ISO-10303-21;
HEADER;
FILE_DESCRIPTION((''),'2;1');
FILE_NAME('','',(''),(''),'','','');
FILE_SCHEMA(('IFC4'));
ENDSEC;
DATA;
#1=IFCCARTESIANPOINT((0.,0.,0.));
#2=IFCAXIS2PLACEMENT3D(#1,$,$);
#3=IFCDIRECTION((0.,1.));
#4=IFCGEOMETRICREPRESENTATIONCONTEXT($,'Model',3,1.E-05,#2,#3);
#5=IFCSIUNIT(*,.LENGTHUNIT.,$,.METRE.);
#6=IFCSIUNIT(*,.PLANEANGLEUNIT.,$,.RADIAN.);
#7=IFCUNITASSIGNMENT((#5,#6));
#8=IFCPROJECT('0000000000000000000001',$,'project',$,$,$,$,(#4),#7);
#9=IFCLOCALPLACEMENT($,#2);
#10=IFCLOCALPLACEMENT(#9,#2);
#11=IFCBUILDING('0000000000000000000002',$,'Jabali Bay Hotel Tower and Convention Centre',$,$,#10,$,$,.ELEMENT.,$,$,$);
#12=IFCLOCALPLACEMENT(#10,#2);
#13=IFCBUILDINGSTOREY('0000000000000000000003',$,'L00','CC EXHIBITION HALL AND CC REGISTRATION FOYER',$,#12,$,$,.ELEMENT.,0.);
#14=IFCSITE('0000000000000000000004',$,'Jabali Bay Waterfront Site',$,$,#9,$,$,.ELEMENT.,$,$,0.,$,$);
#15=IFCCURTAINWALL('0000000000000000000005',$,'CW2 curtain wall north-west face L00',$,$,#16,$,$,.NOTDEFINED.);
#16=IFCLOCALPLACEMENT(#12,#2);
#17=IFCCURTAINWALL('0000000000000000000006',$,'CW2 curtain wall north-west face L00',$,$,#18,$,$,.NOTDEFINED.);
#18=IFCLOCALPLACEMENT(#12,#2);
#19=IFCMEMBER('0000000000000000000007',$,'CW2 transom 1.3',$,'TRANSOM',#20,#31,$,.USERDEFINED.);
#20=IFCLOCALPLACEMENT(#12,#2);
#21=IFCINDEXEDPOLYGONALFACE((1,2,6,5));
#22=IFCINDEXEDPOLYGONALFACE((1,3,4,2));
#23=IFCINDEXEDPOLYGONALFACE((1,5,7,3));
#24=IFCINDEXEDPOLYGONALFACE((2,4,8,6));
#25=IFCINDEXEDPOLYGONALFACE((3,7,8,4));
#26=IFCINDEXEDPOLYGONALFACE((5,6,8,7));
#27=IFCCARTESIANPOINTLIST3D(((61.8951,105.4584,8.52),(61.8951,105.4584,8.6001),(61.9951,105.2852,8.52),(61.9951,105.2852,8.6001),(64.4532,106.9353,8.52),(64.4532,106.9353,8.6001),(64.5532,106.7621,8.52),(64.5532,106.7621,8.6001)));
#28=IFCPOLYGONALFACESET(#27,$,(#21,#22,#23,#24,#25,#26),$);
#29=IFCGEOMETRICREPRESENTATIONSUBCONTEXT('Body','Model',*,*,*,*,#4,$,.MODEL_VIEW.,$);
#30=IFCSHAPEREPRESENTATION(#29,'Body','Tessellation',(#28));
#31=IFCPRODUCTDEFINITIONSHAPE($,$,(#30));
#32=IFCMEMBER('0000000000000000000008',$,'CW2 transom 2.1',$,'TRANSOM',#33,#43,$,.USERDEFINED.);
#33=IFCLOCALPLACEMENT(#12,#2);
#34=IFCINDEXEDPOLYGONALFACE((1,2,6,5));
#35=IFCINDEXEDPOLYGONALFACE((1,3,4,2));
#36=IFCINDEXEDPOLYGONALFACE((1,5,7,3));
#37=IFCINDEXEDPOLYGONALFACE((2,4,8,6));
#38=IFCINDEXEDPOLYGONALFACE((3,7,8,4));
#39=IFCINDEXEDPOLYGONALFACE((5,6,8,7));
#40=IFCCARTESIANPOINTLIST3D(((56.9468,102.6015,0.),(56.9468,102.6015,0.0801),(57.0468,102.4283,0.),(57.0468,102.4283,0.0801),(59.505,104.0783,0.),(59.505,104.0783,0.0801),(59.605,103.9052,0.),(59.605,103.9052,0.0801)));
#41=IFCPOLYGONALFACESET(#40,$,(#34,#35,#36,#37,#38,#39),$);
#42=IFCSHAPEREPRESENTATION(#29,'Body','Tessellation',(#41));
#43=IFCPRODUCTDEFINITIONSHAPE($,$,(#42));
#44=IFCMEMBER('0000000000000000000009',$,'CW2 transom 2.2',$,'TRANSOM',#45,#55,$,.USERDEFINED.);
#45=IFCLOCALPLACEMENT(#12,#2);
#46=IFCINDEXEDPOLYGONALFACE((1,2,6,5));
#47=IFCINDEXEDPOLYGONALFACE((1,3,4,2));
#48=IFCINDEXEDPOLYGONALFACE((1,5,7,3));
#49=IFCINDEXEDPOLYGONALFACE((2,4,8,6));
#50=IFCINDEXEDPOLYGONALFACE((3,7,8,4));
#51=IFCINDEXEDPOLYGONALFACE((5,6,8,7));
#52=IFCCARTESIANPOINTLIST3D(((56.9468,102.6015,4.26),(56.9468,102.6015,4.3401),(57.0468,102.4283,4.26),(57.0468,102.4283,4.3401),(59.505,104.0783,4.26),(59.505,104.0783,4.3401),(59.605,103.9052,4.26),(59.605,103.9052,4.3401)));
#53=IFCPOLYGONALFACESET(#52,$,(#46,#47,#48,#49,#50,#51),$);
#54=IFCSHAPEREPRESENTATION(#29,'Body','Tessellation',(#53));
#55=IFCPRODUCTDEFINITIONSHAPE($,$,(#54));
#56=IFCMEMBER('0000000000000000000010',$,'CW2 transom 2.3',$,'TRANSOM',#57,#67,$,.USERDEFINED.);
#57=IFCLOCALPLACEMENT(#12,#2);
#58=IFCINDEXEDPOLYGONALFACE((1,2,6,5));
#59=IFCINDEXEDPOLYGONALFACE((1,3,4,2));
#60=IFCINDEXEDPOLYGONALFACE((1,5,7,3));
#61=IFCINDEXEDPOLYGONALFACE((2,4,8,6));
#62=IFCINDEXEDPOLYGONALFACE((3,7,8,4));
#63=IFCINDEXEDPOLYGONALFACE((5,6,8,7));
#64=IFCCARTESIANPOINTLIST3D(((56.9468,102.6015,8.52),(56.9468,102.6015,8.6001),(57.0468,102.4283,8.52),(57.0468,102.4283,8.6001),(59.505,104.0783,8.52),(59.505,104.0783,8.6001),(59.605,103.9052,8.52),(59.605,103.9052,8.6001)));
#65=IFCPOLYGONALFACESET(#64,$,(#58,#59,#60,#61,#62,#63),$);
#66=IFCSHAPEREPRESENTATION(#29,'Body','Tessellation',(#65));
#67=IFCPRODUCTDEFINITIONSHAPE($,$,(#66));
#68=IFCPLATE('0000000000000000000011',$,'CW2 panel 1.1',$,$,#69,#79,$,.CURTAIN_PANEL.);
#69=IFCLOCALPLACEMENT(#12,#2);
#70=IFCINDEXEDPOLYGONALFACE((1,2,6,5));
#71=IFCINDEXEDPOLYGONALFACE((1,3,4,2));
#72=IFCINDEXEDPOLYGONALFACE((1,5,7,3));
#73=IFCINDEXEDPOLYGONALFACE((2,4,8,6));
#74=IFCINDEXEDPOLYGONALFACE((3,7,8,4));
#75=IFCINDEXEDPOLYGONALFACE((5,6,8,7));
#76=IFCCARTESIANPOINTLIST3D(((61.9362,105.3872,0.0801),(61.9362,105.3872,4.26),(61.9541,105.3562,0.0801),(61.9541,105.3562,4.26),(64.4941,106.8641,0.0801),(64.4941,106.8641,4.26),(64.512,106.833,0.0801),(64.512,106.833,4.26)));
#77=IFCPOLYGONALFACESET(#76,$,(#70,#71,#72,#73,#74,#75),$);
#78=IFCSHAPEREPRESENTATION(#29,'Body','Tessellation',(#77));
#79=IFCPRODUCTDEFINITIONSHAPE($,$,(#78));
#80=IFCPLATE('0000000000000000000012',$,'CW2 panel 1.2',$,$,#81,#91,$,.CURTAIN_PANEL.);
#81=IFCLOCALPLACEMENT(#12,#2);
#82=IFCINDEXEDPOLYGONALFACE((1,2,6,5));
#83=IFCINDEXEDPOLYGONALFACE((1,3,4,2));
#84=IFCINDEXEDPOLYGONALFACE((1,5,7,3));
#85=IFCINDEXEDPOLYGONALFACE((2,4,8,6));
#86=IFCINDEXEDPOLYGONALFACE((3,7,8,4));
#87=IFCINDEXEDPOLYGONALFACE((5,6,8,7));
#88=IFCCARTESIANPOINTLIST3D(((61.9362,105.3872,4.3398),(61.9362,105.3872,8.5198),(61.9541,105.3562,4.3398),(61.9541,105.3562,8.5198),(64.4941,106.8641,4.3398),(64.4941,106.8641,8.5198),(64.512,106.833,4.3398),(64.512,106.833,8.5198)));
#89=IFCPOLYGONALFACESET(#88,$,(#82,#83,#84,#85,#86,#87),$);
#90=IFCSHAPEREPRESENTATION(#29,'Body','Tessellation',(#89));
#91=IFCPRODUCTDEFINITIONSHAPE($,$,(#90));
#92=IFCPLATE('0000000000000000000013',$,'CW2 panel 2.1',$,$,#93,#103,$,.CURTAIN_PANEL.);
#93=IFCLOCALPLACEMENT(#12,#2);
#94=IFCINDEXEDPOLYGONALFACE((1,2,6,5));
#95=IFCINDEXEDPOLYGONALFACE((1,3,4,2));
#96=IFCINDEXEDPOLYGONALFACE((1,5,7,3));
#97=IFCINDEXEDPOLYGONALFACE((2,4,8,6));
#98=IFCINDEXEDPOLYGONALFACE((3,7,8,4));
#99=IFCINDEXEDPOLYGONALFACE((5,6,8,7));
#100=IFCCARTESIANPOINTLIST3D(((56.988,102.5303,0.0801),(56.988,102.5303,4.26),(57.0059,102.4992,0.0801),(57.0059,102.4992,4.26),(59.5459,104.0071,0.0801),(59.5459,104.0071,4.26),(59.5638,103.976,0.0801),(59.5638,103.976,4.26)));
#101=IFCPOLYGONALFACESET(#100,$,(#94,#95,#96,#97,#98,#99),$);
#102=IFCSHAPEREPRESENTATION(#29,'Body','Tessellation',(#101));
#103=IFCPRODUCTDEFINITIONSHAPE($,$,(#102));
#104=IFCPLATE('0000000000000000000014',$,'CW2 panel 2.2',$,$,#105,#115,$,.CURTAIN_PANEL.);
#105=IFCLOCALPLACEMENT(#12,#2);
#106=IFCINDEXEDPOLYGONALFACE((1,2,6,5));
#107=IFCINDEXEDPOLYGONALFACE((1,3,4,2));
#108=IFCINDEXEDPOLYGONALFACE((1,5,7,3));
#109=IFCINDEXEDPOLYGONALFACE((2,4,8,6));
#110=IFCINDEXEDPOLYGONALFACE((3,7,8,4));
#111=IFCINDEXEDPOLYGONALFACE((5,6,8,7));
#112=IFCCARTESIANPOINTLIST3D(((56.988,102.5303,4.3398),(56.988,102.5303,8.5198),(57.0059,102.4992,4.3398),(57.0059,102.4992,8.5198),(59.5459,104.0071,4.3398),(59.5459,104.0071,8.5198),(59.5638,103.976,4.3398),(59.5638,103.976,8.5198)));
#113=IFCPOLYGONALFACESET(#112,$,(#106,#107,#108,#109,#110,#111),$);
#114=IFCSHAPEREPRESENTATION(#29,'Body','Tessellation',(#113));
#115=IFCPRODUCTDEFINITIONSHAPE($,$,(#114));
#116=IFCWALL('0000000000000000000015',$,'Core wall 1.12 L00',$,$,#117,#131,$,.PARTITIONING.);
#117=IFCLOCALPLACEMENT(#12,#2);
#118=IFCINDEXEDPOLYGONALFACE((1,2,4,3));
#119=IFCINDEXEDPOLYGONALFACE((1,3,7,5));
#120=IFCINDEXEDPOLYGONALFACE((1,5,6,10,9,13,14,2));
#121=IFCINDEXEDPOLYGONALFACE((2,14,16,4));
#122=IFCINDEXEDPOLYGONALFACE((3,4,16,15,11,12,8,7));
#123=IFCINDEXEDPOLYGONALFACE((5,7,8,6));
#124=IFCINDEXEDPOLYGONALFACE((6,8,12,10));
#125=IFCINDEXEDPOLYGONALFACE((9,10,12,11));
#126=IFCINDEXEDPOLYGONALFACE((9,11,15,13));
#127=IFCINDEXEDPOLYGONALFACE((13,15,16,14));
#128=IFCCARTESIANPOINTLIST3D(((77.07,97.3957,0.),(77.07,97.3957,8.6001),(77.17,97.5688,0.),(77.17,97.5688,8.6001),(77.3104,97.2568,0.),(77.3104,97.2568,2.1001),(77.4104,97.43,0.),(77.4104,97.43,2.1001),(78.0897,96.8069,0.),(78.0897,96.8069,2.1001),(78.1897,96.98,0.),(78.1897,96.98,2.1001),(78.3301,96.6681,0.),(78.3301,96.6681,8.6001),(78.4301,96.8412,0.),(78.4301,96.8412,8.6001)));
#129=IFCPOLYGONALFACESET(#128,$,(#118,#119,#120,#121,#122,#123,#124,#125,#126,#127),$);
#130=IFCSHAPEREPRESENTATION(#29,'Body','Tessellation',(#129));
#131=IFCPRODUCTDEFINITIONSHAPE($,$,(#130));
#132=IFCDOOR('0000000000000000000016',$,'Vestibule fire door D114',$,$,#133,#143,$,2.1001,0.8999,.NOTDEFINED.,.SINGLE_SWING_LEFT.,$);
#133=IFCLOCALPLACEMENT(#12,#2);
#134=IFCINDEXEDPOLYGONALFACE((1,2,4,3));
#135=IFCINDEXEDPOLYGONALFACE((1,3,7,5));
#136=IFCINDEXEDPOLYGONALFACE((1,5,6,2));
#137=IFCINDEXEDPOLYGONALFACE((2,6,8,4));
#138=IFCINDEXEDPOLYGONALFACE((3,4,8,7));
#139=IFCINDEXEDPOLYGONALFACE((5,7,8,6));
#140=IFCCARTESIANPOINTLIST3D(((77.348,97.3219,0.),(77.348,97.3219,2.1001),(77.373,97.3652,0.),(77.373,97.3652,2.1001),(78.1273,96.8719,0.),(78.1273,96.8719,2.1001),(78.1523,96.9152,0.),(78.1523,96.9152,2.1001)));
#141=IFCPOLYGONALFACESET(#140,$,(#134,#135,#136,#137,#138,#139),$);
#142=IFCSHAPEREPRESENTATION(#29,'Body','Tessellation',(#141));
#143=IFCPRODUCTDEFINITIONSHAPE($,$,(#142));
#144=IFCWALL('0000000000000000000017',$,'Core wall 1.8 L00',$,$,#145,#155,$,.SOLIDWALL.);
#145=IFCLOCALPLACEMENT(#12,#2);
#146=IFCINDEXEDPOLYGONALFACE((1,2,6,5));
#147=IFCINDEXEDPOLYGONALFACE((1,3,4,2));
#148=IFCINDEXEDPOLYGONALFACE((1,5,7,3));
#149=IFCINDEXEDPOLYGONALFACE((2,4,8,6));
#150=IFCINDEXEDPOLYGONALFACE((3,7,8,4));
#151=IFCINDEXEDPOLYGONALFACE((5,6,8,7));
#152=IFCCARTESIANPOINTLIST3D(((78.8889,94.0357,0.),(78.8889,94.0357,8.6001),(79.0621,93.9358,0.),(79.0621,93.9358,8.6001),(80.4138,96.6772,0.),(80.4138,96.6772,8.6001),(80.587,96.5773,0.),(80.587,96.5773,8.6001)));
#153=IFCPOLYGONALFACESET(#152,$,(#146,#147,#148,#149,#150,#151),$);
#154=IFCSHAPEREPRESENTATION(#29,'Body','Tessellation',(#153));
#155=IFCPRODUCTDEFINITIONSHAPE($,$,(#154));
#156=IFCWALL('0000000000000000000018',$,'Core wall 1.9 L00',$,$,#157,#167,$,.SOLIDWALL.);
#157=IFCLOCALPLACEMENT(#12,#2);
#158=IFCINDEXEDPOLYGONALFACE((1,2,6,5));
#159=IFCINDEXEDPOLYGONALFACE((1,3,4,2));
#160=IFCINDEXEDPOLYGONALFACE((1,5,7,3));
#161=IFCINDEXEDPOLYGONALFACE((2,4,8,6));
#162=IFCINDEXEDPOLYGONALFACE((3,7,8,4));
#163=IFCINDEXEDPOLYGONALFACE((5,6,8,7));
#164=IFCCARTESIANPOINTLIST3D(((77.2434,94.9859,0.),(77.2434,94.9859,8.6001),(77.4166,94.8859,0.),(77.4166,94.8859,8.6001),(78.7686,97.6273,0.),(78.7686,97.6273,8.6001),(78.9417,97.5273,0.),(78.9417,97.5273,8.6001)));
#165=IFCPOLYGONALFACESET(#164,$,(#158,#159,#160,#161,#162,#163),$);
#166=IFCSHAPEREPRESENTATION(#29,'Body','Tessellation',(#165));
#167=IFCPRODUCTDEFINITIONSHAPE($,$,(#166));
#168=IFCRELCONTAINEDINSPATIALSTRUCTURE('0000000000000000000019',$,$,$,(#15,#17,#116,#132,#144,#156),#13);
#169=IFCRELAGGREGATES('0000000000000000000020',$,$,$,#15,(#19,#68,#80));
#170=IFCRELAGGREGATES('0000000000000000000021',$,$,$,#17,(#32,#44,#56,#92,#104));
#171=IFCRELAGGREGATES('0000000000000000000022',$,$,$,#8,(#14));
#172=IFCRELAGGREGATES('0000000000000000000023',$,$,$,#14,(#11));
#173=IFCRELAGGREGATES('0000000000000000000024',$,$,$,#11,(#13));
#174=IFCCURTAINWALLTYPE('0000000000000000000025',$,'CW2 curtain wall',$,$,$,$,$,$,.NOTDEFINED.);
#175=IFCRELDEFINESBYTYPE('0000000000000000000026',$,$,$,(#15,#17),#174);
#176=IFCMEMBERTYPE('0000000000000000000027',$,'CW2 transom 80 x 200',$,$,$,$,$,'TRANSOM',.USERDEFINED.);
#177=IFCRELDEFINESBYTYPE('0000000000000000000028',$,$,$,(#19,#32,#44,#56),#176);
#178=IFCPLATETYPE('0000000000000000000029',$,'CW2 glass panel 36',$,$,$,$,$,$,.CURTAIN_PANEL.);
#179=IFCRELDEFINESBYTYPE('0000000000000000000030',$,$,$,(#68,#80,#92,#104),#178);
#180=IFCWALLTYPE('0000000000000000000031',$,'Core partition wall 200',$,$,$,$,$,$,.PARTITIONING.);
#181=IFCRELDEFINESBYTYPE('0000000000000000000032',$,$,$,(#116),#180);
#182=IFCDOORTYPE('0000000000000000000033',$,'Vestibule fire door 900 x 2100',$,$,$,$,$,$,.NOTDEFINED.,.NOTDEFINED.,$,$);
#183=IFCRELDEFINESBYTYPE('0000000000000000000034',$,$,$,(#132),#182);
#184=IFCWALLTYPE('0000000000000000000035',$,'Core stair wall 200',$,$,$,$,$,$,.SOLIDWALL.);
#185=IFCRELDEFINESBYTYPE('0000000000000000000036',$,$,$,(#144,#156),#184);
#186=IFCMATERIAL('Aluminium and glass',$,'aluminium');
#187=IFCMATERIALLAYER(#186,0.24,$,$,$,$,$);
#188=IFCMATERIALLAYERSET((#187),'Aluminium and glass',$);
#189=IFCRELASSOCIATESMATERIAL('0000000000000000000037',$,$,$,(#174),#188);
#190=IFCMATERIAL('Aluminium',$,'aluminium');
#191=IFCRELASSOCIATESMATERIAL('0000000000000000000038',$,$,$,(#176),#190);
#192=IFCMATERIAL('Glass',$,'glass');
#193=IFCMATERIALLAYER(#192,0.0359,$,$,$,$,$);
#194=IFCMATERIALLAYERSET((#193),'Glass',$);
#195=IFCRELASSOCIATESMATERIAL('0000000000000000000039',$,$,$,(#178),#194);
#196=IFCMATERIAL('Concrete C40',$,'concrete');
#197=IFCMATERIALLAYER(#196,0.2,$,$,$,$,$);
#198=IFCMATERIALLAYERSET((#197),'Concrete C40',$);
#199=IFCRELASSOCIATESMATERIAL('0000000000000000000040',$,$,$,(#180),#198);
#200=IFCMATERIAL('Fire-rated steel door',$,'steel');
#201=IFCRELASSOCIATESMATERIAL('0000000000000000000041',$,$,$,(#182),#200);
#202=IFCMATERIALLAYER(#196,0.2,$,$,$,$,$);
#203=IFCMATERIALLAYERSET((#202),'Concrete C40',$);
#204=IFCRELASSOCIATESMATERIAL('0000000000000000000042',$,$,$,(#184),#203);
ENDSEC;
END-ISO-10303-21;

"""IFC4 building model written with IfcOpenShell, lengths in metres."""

from ifc_helpers import new_model, si_unit, direction, frame, frame_2d, origin, origin_2d, place, context, subcontext, project, spatial, rectangle, extrude, material, layer, layer_set, material_profile, profile_set, type_object, element, fill, aggregate, save


model = new_model("IFC4")

# Units and contexts
model_context = context("Model", 3, precision=1e-05, world=origin(), true_north=direction((0.0, 1.0)))
body_context = subcontext(model_context, "Body", "Model", "MODEL_VIEW")
ifc_project = project(units=[si_unit("LENGTHUNIT", "METRE"), si_unit("PLANEANGLEUNIT", "RADIAN")], contexts=[model_context])

# Site, building, storey
site_placement = place(None, origin())
site = spatial("IfcSite", under=ifc_project, at=site_placement, Name="Jabali Bay Waterfront Site", CompositionType="ELEMENT", RefElevation=0.0)
building_placement = place(site_placement, origin())
building = spatial("IfcBuilding", under=site, at=building_placement, Name="Jabali Bay Hotel Tower and Convention Centre", CompositionType="ELEMENT")
storey_placement = place(building_placement, origin())
storey = spatial("IfcBuildingStorey", under=building, at=storey_placement, Name="L00", Description="CC EXHIBITION HALL AND CC REGISTRATION FOYER", CompositionType="ELEMENT", Elevation=0.0)

# Curtain wall
ifc_material_1 = material(Name="Aluminium and glass", Category="aluminium")
ifc_layer_1 = layer(ifc_material_1, 0.24)
ifc_layer_set_1 = layer_set([ifc_layer_1], Name="Aluminium and glass")
curtain_wall_type = type_object("IfcCurtainWallType", Name="CW2 curtain wall", PredefinedType="NOTDEFINED", material=ifc_layer_set_1)
curtain_wall_1_placement = place(storey_placement, origin())
curtain_wall_1 = element("IfcCurtainWall", 1, at=curtain_wall_1_placement, inside=storey, type_object=curtain_wall_type, Name="CW2 curtain wall north-west face L00", PredefinedType="NOTDEFINED")
ifc_material_2 = material(Name="Aluminium", Category="aluminium")

# Curtain wall
curtain_wall_2_placement = place(storey_placement, origin())
curtain_wall_2 = element("IfcCurtainWall", 2, at=curtain_wall_2_placement, inside=storey, type_object=curtain_wall_type, Name="CW2 curtain wall north-west face L00", PredefinedType="NOTDEFINED")

# Members
ifc_material_profile_1 = material_profile(ifc_material_2, rectangle(XDim=0.2, YDim=0.0801, at=origin_2d()), Name="CW2 transom 80 x 200")
ifc_profile_set_1 = profile_set([ifc_material_profile_1], Name="Aluminium")
member_type_1 = type_object("IfcMemberType", Name="CW2 transom 80 x 200", ElementType="TRANSOM", PredefinedType="USERDEFINED", material=ifc_profile_set_1)
member_1_placement = place(storey_placement, frame((61.9451, 105.3718, 8.5601), z_axis=(0.866042, 0.49997, 0.0), x_axis=(-0.49997, 0.866042, 0.0)))
member_1 = element("IfcMember", 3, at=member_1_placement, type_object=member_type_1, Name="CW2 transom 1.3", ObjectType="TRANSOM", PredefinedType="USERDEFINED", context=body_context, shape_type="SweptSolid", body=[
    extrude(rectangle(XDim=0.2, YDim=0.0801, at=origin_2d()), origin(), (0.0, 0.0, 1.0), 2.9539),
])
member_2_placement = place(storey_placement, frame((56.9968, 102.5149, 0.04), z_axis=(0.866042, 0.49997, 0.0), x_axis=(-0.49997, 0.866042, 0.0)))
member_2 = element("IfcMember", 4, at=member_2_placement, type_object=member_type_1, Name="CW2 transom 2.1", ObjectType="TRANSOM", PredefinedType="USERDEFINED", context=body_context, shape_type="SweptSolid", body=[
    extrude(rectangle(XDim=0.2, YDim=0.0801, at=origin_2d()), origin(), (0.0, 0.0, 1.0), 2.9539),
])
member_3_placement = place(storey_placement, frame((56.9968, 102.5149, 4.3), z_axis=(0.866042, 0.49997, 0.0), x_axis=(-0.49997, 0.866042, 0.0)))
member_3 = element("IfcMember", 5, at=member_3_placement, type_object=member_type_1, Name="CW2 transom 2.2", ObjectType="TRANSOM", PredefinedType="USERDEFINED", context=body_context, shape_type="SweptSolid", body=[
    extrude(rectangle(XDim=0.2, YDim=0.0801, at=origin_2d()), origin(), (0.0, 0.0, 1.0), 2.9539),
])
member_4_placement = place(storey_placement, frame((56.9968, 102.5149, 8.5601), z_axis=(0.866042, 0.49997, 0.0), x_axis=(-0.49997, 0.866042, 0.0)))
member_4 = element("IfcMember", 6, at=member_4_placement, type_object=member_type_1, Name="CW2 transom 2.3", ObjectType="TRANSOM", PredefinedType="USERDEFINED", context=body_context, shape_type="SweptSolid", body=[
    extrude(rectangle(XDim=0.2, YDim=0.0801, at=origin_2d()), origin(), (0.0, 0.0, 1.0), 2.9539),
])

# Plates
ifc_material_3 = material(Name="Glass", Category="glass")
ifc_layer_2 = layer(ifc_material_3, 0.0359)
ifc_layer_set_2 = layer_set([ifc_layer_2], Name="Glass")
plate_type = type_object("IfcPlateType", Name="CW2 glass panel 36", PredefinedType="CURTAIN_PANEL", material=ifc_layer_set_2)
plate_1_placement = place(storey_placement, frame((63.2241, 106.1101, 0.0801), z_axis=(0.0, 0.0, 1.0), x_axis=(0.866025, 0.5, 0.0)))
plate_1 = element("IfcPlate", 7, at=plate_1_placement, type_object=plate_type, Name="CW2 panel 1.1", PredefinedType="CURTAIN_PANEL", context=body_context, shape_type="SweptSolid", body=[
    extrude(rectangle(XDim=2.9536, YDim=0.0359, at=origin_2d()), origin(), (0.0, 0.0, 1.0), 4.1799),
])
plate_2_placement = place(storey_placement, frame((63.2241, 106.1101, 4.3398), z_axis=(0.0, 0.0, 1.0), x_axis=(0.866025, 0.5, 0.0)))
plate_2 = element("IfcPlate", 8, at=plate_2_placement, type_object=plate_type, Name="CW2 panel 1.2", PredefinedType="CURTAIN_PANEL", context=body_context, shape_type="SweptSolid", body=[
    extrude(rectangle(XDim=2.9536, YDim=0.0359, at=origin_2d()), origin(), (0.0, 0.0, 1.0), 4.1799),
])
aggregate(curtain_wall_1, [member_1, plate_1, plate_2])
plate_3_placement = place(storey_placement, frame((58.2759, 103.2532, 0.0801), z_axis=(0.0, 0.0, 1.0), x_axis=(0.866025, 0.5, 0.0)))
plate_3 = element("IfcPlate", 9, at=plate_3_placement, type_object=plate_type, Name="CW2 panel 2.1", PredefinedType="CURTAIN_PANEL", context=body_context, shape_type="SweptSolid", body=[
    extrude(rectangle(XDim=2.9536, YDim=0.0359, at=origin_2d()), origin(), (0.0, 0.0, 1.0), 4.1799),
])
plate_4_placement = place(storey_placement, frame((58.2759, 103.2532, 4.3398), z_axis=(0.0, 0.0, 1.0), x_axis=(0.866025, 0.5, 0.0)))
plate_4 = element("IfcPlate", 10, at=plate_4_placement, type_object=plate_type, Name="CW2 panel 2.2", PredefinedType="CURTAIN_PANEL", context=body_context, shape_type="SweptSolid", body=[
    extrude(rectangle(XDim=2.9536, YDim=0.0359, at=origin_2d()), origin(), (0.0, 0.0, 1.0), 4.1799),
])
aggregate(curtain_wall_2, [member_2, member_3, member_4, plate_3, plate_4])

# Wall, opening, door
ifc_material_4 = material(Name="Concrete C40", Category="concrete")
ifc_layer_3 = layer(ifc_material_4, 0.2)
ifc_layer_set_3 = layer_set([ifc_layer_3], Name="Concrete C40")
wall_type_1 = type_object("IfcWallType", Name="Core partition wall 200", PredefinedType="PARTITIONING", material=ifc_layer_set_3)
wall_1_placement = place(storey_placement, frame((78.3801, 96.7546, 0.0), z_axis=(0.0, 0.0, 1.0), x_axis=(-0.866004, 0.500037, 0.0)))
wall_1 = element("IfcWall", 11, at=wall_1_placement, inside=storey, type_object=wall_type_1, Name="Core wall 1.12 L00", PredefinedType="PARTITIONING", context=body_context, shape_type="SweptSolid", body=[
    extrude(rectangle(XDim=1.4551, YDim=0.2, at=frame_2d((0.7275, 0.0))), origin(), (0.0, 0.0, 1.0), 8.6001),
])
opening_1_placement = place(wall_1_placement, frame((0.2776, 0.0, 0.0)))
opening_1 = element("IfcOpeningElement", 12, at=opening_1_placement, cuts=wall_1, PredefinedType="OPENING", context=body_context, shape_type="SweptSolid", body=[
    extrude(rectangle(XDim=0.8999, YDim=2.1001, at=frame_2d((0.45, 1.05))), frame((0.0, 0.1104, 0.0), z_axis=(0.0, -1.0, 0.0), x_axis=(1.0, 0.0, 0.0)), (0.0, 0.0, 1.0), 0.2209),
])
ifc_material_5 = material(Name="Fire-rated steel door", Category="steel")
door_type_1 = type_object("IfcDoorType", Name="Vestibule fire door 900 x 2100", OperationType="NOTDEFINED", PredefinedType="NOTDEFINED", material=ifc_material_5)
door_1_placement = place(opening_1_placement, origin())
door_1 = element("IfcDoor", 13, at=door_1_placement, inside=storey, type_object=door_type_1, Name="Vestibule fire door D114", OperationType="SINGLE_SWING_LEFT", OverallHeight=2.1001, OverallWidth=0.8999, PredefinedType="NOTDEFINED", context=body_context, shape_type="SweptSolid", body=[
    extrude(rectangle(XDim=0.8999, YDim=2.1001, at=frame_2d((0.45, 1.05))), frame((0.0, 0.0249, 0.0), z_axis=(0.0, -1.0, 0.0), x_axis=(1.0, 0.0, 0.0)), (0.0, 0.0, 1.0), 0.05),
])
fill(opening_1, door_1)

# Walls
ifc_layer_4 = layer(ifc_material_4, 0.2)
ifc_layer_set_4 = layer_set([ifc_layer_4], Name="Concrete C40")
wall_type_2 = type_object("IfcWallType", Name="Core stair wall 200", PredefinedType="SOLIDWALL", material=ifc_layer_set_4)
for number, where, z_axis, x_axis, name in (
    (14, (78.9756, 93.9858, 0.0), (0.0, 0.0, 1.0), (0.499944, 0.866058, 0.0), "Core wall 1.8 L00"),
    (15, (77.3301, 94.936, 0.0), (0.0, 0.0, 1.0), (0.500039, 0.866003, 0.0), "Core wall 1.9 L00"),
):
    element("IfcWall", number, at=place(storey_placement, frame(where, z_axis=z_axis, x_axis=x_axis)), inside=storey, type_object=wall_type_2, Name=name, PredefinedType="SOLIDWALL", context=body_context, shape_type="SweptSolid", body=[
        extrude(rectangle(XDim=3.05, YDim=0.2, at=frame_2d((1.5249, 0.0))), origin(), (0.0, 0.0, 1.0), 8.6001),
    ])

save(model, "model.ifc")
